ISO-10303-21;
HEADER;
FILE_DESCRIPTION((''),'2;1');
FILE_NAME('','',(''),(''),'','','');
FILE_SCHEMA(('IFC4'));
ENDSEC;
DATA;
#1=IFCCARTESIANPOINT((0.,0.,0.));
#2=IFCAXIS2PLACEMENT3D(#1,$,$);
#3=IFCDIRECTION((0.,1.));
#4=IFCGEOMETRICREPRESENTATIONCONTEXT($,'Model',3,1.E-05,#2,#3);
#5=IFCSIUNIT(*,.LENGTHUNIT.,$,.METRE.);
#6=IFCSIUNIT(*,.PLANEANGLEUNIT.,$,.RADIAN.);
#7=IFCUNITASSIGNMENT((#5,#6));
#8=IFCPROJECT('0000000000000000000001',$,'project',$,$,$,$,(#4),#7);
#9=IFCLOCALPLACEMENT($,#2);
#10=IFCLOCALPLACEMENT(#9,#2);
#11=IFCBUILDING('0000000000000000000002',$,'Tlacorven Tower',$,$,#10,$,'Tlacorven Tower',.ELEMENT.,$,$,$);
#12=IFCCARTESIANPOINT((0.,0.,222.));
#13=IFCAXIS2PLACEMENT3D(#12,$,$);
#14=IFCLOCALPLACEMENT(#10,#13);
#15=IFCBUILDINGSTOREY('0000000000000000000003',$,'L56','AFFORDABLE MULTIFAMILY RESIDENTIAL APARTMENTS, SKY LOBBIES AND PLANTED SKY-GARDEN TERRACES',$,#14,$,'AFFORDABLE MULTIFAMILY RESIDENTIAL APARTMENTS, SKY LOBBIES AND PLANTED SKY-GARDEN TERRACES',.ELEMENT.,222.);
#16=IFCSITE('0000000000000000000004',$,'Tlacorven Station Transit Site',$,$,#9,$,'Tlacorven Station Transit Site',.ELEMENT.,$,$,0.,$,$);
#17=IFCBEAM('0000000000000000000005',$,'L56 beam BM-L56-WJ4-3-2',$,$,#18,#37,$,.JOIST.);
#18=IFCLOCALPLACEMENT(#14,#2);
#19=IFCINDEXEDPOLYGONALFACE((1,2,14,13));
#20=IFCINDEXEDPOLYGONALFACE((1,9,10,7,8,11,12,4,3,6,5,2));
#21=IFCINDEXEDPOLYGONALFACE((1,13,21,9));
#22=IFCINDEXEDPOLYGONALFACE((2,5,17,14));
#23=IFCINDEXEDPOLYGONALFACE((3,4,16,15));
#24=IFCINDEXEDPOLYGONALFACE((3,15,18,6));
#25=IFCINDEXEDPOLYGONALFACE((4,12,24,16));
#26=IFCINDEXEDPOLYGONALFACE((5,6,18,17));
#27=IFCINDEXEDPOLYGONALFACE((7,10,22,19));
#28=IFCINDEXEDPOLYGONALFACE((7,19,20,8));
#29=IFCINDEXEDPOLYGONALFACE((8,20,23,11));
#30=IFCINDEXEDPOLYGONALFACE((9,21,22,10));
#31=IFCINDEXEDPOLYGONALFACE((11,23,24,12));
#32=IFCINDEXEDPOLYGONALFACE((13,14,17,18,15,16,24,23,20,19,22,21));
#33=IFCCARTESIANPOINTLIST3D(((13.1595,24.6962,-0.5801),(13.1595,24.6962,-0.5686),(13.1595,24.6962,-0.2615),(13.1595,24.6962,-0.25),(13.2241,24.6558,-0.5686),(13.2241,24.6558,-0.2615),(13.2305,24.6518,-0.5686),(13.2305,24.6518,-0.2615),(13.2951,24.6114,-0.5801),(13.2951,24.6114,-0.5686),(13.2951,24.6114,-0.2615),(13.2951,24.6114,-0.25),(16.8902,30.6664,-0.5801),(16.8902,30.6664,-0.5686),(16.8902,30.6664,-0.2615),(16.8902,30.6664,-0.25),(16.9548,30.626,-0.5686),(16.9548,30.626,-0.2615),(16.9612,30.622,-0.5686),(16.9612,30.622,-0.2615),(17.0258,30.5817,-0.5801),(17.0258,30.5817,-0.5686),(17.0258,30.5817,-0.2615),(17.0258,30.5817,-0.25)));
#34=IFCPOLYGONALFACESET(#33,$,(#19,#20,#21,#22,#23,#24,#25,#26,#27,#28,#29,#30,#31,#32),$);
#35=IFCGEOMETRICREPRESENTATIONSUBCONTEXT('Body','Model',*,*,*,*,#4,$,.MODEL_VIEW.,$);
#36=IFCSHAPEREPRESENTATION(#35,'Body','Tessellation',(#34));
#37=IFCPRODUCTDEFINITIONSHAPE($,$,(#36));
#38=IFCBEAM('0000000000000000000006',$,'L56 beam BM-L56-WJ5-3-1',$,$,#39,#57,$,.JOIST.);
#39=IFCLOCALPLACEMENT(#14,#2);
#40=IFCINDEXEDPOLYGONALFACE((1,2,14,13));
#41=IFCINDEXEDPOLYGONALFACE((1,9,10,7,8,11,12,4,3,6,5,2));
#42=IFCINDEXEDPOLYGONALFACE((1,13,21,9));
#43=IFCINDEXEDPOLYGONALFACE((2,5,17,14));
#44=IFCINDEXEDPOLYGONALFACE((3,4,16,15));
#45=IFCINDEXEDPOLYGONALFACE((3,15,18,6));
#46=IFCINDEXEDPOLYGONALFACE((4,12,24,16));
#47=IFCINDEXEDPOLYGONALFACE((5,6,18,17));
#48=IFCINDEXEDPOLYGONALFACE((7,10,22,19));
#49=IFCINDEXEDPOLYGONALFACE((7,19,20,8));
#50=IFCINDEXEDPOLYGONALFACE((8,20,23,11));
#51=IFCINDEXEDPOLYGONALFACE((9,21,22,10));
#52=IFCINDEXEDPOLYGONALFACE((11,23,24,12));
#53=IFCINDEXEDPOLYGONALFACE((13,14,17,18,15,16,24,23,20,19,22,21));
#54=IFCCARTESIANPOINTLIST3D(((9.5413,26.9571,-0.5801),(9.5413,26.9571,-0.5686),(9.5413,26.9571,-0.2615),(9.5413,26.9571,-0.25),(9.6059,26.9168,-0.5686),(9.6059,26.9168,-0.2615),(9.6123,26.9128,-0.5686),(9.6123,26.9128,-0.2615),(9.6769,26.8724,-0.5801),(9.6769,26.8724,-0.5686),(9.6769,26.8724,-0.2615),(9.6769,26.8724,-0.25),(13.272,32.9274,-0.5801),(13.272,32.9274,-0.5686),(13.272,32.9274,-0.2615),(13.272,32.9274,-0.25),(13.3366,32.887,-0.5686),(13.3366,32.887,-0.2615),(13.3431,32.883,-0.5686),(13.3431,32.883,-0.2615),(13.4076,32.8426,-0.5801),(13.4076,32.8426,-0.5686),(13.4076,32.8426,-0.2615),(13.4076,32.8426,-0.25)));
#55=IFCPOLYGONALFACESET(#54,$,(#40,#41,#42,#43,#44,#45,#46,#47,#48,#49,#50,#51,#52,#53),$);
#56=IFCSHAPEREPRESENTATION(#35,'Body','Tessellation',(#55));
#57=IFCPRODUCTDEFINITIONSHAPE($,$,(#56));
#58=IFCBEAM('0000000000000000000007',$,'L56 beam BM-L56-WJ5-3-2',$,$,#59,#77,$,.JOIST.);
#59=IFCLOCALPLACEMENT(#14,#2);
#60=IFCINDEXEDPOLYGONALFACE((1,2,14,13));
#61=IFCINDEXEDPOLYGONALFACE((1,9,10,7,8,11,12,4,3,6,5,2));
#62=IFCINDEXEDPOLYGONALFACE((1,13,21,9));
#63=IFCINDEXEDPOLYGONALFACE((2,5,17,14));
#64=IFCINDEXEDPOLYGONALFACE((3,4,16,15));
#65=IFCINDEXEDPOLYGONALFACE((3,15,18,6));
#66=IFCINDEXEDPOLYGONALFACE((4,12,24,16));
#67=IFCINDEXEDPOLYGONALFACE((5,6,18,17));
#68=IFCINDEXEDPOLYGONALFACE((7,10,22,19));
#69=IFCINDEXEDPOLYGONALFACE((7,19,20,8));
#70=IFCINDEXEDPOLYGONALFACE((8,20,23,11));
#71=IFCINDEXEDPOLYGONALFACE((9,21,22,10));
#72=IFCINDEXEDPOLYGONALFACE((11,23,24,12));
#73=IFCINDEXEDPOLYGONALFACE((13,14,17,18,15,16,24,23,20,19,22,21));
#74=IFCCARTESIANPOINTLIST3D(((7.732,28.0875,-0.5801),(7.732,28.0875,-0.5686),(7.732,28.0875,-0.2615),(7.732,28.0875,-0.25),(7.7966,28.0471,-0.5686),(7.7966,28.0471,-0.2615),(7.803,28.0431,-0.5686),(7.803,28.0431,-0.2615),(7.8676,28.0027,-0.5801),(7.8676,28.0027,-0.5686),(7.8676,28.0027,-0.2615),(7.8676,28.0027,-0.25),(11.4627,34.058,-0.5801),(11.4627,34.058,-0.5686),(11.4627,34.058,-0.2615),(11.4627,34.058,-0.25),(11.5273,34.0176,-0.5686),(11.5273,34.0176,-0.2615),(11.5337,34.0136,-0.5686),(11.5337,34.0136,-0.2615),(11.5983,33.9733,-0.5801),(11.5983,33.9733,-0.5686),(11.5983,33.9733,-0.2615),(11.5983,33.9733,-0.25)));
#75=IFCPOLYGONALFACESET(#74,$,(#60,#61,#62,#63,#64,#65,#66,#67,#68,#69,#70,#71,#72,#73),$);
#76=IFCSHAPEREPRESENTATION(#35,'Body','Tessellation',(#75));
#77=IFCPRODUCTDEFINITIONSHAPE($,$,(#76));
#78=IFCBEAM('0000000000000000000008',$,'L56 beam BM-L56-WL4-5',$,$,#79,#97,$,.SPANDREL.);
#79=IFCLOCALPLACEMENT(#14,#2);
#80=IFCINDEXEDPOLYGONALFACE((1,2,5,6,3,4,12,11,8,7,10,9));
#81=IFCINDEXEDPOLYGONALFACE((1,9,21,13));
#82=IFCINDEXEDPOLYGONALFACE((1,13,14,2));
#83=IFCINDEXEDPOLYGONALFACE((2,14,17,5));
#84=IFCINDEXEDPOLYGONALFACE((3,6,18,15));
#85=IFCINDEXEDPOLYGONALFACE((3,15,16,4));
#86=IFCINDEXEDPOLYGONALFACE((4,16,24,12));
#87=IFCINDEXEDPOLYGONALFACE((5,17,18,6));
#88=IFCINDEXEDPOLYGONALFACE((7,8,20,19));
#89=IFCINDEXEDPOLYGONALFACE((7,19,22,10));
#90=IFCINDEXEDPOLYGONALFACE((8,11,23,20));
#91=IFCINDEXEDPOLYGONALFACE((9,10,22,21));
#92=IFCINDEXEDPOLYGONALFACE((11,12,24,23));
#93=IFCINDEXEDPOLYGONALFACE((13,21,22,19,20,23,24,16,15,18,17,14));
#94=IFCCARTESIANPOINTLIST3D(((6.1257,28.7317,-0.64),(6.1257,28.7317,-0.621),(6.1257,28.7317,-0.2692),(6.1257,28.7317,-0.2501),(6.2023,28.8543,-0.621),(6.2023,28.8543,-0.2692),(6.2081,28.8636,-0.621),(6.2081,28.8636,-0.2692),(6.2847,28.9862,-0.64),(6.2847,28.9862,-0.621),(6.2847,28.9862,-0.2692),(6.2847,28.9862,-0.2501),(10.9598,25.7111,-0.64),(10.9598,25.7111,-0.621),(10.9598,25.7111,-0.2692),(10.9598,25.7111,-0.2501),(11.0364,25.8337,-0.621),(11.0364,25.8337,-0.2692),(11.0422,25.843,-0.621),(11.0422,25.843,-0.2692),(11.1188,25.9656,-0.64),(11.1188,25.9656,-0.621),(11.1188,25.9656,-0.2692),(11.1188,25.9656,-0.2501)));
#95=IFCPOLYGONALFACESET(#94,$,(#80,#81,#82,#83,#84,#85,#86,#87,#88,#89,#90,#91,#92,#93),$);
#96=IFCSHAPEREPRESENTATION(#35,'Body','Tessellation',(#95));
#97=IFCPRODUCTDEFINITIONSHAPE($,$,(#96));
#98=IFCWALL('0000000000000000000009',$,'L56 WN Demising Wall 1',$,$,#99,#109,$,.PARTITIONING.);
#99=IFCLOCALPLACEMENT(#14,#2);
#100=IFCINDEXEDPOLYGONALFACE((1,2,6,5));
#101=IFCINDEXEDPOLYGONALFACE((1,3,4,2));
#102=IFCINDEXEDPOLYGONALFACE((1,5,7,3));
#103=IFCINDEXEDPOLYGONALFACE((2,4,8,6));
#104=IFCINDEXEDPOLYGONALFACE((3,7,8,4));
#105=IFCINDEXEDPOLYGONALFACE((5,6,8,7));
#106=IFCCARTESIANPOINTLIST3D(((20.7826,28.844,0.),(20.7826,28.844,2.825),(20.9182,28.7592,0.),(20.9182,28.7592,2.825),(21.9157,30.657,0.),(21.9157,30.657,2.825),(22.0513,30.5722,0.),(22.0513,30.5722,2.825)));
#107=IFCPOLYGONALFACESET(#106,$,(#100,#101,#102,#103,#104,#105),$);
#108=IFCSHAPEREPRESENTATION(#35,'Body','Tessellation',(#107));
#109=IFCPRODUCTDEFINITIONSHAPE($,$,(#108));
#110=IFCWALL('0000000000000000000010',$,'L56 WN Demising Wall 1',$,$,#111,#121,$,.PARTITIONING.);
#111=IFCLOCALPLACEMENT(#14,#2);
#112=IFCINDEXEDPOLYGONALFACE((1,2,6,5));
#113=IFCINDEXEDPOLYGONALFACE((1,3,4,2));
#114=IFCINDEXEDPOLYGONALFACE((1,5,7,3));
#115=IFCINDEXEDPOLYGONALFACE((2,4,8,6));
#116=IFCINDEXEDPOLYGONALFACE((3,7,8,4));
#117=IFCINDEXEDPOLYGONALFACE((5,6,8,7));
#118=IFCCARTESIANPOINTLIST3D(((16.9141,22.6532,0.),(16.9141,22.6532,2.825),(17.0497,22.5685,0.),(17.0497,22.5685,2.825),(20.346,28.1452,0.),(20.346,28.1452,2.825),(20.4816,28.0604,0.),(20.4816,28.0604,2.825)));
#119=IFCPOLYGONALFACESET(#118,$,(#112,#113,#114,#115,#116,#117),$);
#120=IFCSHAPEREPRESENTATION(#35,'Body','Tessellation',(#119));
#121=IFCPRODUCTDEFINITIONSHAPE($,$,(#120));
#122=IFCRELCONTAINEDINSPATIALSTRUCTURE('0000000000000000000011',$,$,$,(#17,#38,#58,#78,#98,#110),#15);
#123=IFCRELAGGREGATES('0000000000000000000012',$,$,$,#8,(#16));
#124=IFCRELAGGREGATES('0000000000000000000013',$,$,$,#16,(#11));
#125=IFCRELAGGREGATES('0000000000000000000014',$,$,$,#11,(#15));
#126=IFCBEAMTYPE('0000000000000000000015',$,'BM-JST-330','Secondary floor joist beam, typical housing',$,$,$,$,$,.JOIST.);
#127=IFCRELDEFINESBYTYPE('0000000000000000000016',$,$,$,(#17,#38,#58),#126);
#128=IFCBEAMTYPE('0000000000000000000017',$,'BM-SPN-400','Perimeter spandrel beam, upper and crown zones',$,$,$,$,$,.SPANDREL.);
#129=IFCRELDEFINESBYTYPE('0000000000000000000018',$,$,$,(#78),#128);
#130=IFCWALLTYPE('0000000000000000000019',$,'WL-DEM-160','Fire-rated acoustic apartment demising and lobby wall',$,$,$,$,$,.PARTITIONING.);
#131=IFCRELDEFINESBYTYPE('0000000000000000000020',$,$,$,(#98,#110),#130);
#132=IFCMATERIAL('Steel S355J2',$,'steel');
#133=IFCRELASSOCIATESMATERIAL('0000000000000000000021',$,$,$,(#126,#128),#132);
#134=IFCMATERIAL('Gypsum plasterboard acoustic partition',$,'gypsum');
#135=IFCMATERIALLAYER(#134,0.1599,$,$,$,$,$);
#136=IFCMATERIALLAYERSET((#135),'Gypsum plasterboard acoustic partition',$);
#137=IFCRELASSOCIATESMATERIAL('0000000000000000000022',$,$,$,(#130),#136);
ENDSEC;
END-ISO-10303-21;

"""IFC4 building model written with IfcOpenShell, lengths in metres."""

from ifc_helpers import new_model, si_unit, direction, frame, frame_2d, origin, origin_2d, place, context, subcontext, project, spatial, rectangle, i_section, extrude, source, transform, mapped, material, layer, layer_set, material_profile, profile_set, type_object, element, save


model = new_model("IFC4")

# Units and contexts
model_context = context("Model", 3, precision=1e-05, world=origin(), true_north=direction((0.0, 1.0)))
body_context = subcontext(model_context, "Body", "Model", "MODEL_VIEW")
ifc_project = project(units=[si_unit("LENGTHUNIT", "METRE"), si_unit("PLANEANGLEUNIT", "RADIAN")], contexts=[model_context])

# Site, building, storey
site_placement = place(None, origin())
site = spatial("IfcSite", under=ifc_project, at=site_placement, Name="Tlacorven Station Transit Site", LongName="Tlacorven Station Transit Site", CompositionType="ELEMENT", RefElevation=0.0)
building_placement = place(site_placement, origin())
building = spatial("IfcBuilding", under=site, at=building_placement, Name="Tlacorven Tower", LongName="Tlacorven Tower", CompositionType="ELEMENT")
storey_placement = place(building_placement, frame((0.0, 0.0, 222.0)))
storey = spatial("IfcBuildingStorey", under=building, at=storey_placement, Name="L56", Description="AFFORDABLE MULTIFAMILY RESIDENTIAL APARTMENTS, SKY LOBBIES AND PLANTED SKY-GARDEN TERRACES", LongName="AFFORDABLE MULTIFAMILY RESIDENTIAL APARTMENTS, SKY LOBBIES AND PLANTED SKY-GARDEN TERRACES", CompositionType="ELEMENT", Elevation=222.0)

# Beams
ifc_material_1 = material(Name="Steel S355J2", Category="steel")
ifc_material_profile_1 = material_profile(ifc_material_1, i_section(OverallWidth=0.1599, OverallDepth=0.3301, WebThickness=0.0076, FlangeThickness=0.0115, at=origin_2d()), Name="IPE 330")
ifc_profile_set_1 = profile_set([ifc_material_profile_1], Name="Steel S355J2")
beam_type_1 = type_object("IfcBeamType", Name="BM-JST-330", Description="Secondary floor joist beam, typical housing", PredefinedType="JOIST", material=ifc_profile_set_1)
shared_shape_1 = source(origin(), body_context, "Body", "SweptSolid", [
    extrude(i_section(OverallWidth=0.1599, OverallDepth=0.3301, WebThickness=0.0076, FlangeThickness=0.0115, at=origin_2d()), origin(), (0.0, 0.0, 1.0), 7.04),
])
for number, where, z_axis, x_axis, name in (
    (1, (16.958, 30.624, -0.415), (-0.52993, -0.848041, 0.0), (0.848041, -0.52993, 0.0), "L56 beam BM-L56-WJ4-3-2"),
    (2, (13.3398, 32.885, -0.415), (-0.52993, -0.848041, 0.0), (0.848041, -0.52993, 0.0), "L56 beam BM-L56-WJ5-3-1"),
):
    element("IfcBeam", number, at=place(storey_placement, frame(where, z_axis=z_axis, x_axis=x_axis)), inside=storey, type_object=beam_type_1, Name=name, PredefinedType="JOIST", context=body_context, shape_type="MappedRepresentation", body=[
        mapped(shared_shape_1, transform((0.0, 0.0, 0.0), scale=1.0)),
    ])
shared_shape_2 = source(origin(), body_context, "Body", "SweptSolid", [
    extrude(i_section(OverallWidth=0.1599, OverallDepth=0.3301, WebThickness=0.0076, FlangeThickness=0.0115, at=origin_2d()), origin(), (0.0, 0.0, 1.0), 7.0403),
])
beam_1_placement = place(storey_placement, frame((11.5305, 34.0156, -0.415), z_axis=(-0.529915, -0.848051, 0.0), x_axis=(0.848051, -0.529915, 0.0)))
element("IfcBeam", 3, at=beam_1_placement, inside=storey, type_object=beam_type_1, Name="L56 beam BM-L56-WJ5-3-2", PredefinedType="JOIST", context=body_context, shape_type="MappedRepresentation", body=[
    mapped(shared_shape_2, transform((0.0, 0.0, 0.0), scale=1.0)),
])
ifc_material_profile_2 = material_profile(ifc_material_1, i_section(OverallWidth=0.3, OverallDepth=0.3899, WebThickness=0.011, FlangeThickness=0.019, at=origin_2d()), Name="HEA 400")
ifc_profile_set_2 = profile_set([ifc_material_profile_2], Name="Steel S355J2")
beam_type_2 = type_object("IfcBeamType", Name="BM-SPN-400", Description="Perimeter spandrel beam, upper and crown zones", PredefinedType="SPANDREL", material=ifc_profile_set_2)
shared_shape_3 = source(origin(), body_context, "Body", "SweptSolid", [
    extrude(i_section(OverallWidth=0.3, OverallDepth=0.3899, WebThickness=0.011, FlangeThickness=0.019, at=origin_2d()), origin(), (0.0, 0.0, 1.0), 5.7002),
])
beam_2_placement = place(storey_placement, frame((11.0393, 25.8384, -0.4451), z_axis=(-0.848056, 0.529907, 0.0), x_axis=(-0.529907, -0.848056, 0.0)))
element("IfcBeam", 4, at=beam_2_placement, inside=storey, type_object=beam_type_2, Name="L56 beam BM-L56-WL4-5", PredefinedType="SPANDREL", context=body_context, shape_type="MappedRepresentation", body=[
    mapped(shared_shape_3, transform((0.0, 0.0, 0.0), scale=1.0)),
])

# Walls
ifc_material_2 = material(Name="Gypsum plasterboard acoustic partition", Category="gypsum")
ifc_layer_1 = layer(ifc_material_2, 0.1599)
ifc_layer_set_1 = layer_set([ifc_layer_1], Name="Gypsum plasterboard acoustic partition")
wall_type_1 = type_object("IfcWallType", Name="WL-DEM-160", Description="Fire-rated acoustic apartment demising and lobby wall", PredefinedType="PARTITIONING", material=ifc_layer_set_1)
wall_1_placement = place(storey_placement, frame((21.9834, 30.6145, 0.0), z_axis=(0.0, 0.0, 1.0), x_axis=(-0.529978, -0.848011, 0.0)))
element("IfcWall", 5, at=wall_1_placement, inside=storey, type_object=wall_type_1, Name="L56 WN Demising Wall 1", PredefinedType="PARTITIONING", context=body_context, shape_type="SweptSolid", body=[
    extrude(rectangle(XDim=2.1379, YDim=0.1599, at=frame_2d((1.0688, 0.0))), origin(), (0.0, 0.0, 1.0), 2.825),
])
wall_2_placement = place(storey_placement, frame((20.4138, 28.1028, 0.0), z_axis=(0.0, 0.0, 1.0), x_axis=(-0.529935, -0.848039, 0.0)))
element("IfcWall", 6, at=wall_2_placement, inside=storey, type_object=wall_type_1, Name="L56 WN Demising Wall 1", PredefinedType="PARTITIONING", context=body_context, shape_type="SweptSolid", body=[
    extrude(rectangle(XDim=6.4761, YDim=0.1599, at=frame_2d((3.238, 0.0))), origin(), (0.0, 0.0, 1.0), 2.825),
])

save(model, "model.ifc")
